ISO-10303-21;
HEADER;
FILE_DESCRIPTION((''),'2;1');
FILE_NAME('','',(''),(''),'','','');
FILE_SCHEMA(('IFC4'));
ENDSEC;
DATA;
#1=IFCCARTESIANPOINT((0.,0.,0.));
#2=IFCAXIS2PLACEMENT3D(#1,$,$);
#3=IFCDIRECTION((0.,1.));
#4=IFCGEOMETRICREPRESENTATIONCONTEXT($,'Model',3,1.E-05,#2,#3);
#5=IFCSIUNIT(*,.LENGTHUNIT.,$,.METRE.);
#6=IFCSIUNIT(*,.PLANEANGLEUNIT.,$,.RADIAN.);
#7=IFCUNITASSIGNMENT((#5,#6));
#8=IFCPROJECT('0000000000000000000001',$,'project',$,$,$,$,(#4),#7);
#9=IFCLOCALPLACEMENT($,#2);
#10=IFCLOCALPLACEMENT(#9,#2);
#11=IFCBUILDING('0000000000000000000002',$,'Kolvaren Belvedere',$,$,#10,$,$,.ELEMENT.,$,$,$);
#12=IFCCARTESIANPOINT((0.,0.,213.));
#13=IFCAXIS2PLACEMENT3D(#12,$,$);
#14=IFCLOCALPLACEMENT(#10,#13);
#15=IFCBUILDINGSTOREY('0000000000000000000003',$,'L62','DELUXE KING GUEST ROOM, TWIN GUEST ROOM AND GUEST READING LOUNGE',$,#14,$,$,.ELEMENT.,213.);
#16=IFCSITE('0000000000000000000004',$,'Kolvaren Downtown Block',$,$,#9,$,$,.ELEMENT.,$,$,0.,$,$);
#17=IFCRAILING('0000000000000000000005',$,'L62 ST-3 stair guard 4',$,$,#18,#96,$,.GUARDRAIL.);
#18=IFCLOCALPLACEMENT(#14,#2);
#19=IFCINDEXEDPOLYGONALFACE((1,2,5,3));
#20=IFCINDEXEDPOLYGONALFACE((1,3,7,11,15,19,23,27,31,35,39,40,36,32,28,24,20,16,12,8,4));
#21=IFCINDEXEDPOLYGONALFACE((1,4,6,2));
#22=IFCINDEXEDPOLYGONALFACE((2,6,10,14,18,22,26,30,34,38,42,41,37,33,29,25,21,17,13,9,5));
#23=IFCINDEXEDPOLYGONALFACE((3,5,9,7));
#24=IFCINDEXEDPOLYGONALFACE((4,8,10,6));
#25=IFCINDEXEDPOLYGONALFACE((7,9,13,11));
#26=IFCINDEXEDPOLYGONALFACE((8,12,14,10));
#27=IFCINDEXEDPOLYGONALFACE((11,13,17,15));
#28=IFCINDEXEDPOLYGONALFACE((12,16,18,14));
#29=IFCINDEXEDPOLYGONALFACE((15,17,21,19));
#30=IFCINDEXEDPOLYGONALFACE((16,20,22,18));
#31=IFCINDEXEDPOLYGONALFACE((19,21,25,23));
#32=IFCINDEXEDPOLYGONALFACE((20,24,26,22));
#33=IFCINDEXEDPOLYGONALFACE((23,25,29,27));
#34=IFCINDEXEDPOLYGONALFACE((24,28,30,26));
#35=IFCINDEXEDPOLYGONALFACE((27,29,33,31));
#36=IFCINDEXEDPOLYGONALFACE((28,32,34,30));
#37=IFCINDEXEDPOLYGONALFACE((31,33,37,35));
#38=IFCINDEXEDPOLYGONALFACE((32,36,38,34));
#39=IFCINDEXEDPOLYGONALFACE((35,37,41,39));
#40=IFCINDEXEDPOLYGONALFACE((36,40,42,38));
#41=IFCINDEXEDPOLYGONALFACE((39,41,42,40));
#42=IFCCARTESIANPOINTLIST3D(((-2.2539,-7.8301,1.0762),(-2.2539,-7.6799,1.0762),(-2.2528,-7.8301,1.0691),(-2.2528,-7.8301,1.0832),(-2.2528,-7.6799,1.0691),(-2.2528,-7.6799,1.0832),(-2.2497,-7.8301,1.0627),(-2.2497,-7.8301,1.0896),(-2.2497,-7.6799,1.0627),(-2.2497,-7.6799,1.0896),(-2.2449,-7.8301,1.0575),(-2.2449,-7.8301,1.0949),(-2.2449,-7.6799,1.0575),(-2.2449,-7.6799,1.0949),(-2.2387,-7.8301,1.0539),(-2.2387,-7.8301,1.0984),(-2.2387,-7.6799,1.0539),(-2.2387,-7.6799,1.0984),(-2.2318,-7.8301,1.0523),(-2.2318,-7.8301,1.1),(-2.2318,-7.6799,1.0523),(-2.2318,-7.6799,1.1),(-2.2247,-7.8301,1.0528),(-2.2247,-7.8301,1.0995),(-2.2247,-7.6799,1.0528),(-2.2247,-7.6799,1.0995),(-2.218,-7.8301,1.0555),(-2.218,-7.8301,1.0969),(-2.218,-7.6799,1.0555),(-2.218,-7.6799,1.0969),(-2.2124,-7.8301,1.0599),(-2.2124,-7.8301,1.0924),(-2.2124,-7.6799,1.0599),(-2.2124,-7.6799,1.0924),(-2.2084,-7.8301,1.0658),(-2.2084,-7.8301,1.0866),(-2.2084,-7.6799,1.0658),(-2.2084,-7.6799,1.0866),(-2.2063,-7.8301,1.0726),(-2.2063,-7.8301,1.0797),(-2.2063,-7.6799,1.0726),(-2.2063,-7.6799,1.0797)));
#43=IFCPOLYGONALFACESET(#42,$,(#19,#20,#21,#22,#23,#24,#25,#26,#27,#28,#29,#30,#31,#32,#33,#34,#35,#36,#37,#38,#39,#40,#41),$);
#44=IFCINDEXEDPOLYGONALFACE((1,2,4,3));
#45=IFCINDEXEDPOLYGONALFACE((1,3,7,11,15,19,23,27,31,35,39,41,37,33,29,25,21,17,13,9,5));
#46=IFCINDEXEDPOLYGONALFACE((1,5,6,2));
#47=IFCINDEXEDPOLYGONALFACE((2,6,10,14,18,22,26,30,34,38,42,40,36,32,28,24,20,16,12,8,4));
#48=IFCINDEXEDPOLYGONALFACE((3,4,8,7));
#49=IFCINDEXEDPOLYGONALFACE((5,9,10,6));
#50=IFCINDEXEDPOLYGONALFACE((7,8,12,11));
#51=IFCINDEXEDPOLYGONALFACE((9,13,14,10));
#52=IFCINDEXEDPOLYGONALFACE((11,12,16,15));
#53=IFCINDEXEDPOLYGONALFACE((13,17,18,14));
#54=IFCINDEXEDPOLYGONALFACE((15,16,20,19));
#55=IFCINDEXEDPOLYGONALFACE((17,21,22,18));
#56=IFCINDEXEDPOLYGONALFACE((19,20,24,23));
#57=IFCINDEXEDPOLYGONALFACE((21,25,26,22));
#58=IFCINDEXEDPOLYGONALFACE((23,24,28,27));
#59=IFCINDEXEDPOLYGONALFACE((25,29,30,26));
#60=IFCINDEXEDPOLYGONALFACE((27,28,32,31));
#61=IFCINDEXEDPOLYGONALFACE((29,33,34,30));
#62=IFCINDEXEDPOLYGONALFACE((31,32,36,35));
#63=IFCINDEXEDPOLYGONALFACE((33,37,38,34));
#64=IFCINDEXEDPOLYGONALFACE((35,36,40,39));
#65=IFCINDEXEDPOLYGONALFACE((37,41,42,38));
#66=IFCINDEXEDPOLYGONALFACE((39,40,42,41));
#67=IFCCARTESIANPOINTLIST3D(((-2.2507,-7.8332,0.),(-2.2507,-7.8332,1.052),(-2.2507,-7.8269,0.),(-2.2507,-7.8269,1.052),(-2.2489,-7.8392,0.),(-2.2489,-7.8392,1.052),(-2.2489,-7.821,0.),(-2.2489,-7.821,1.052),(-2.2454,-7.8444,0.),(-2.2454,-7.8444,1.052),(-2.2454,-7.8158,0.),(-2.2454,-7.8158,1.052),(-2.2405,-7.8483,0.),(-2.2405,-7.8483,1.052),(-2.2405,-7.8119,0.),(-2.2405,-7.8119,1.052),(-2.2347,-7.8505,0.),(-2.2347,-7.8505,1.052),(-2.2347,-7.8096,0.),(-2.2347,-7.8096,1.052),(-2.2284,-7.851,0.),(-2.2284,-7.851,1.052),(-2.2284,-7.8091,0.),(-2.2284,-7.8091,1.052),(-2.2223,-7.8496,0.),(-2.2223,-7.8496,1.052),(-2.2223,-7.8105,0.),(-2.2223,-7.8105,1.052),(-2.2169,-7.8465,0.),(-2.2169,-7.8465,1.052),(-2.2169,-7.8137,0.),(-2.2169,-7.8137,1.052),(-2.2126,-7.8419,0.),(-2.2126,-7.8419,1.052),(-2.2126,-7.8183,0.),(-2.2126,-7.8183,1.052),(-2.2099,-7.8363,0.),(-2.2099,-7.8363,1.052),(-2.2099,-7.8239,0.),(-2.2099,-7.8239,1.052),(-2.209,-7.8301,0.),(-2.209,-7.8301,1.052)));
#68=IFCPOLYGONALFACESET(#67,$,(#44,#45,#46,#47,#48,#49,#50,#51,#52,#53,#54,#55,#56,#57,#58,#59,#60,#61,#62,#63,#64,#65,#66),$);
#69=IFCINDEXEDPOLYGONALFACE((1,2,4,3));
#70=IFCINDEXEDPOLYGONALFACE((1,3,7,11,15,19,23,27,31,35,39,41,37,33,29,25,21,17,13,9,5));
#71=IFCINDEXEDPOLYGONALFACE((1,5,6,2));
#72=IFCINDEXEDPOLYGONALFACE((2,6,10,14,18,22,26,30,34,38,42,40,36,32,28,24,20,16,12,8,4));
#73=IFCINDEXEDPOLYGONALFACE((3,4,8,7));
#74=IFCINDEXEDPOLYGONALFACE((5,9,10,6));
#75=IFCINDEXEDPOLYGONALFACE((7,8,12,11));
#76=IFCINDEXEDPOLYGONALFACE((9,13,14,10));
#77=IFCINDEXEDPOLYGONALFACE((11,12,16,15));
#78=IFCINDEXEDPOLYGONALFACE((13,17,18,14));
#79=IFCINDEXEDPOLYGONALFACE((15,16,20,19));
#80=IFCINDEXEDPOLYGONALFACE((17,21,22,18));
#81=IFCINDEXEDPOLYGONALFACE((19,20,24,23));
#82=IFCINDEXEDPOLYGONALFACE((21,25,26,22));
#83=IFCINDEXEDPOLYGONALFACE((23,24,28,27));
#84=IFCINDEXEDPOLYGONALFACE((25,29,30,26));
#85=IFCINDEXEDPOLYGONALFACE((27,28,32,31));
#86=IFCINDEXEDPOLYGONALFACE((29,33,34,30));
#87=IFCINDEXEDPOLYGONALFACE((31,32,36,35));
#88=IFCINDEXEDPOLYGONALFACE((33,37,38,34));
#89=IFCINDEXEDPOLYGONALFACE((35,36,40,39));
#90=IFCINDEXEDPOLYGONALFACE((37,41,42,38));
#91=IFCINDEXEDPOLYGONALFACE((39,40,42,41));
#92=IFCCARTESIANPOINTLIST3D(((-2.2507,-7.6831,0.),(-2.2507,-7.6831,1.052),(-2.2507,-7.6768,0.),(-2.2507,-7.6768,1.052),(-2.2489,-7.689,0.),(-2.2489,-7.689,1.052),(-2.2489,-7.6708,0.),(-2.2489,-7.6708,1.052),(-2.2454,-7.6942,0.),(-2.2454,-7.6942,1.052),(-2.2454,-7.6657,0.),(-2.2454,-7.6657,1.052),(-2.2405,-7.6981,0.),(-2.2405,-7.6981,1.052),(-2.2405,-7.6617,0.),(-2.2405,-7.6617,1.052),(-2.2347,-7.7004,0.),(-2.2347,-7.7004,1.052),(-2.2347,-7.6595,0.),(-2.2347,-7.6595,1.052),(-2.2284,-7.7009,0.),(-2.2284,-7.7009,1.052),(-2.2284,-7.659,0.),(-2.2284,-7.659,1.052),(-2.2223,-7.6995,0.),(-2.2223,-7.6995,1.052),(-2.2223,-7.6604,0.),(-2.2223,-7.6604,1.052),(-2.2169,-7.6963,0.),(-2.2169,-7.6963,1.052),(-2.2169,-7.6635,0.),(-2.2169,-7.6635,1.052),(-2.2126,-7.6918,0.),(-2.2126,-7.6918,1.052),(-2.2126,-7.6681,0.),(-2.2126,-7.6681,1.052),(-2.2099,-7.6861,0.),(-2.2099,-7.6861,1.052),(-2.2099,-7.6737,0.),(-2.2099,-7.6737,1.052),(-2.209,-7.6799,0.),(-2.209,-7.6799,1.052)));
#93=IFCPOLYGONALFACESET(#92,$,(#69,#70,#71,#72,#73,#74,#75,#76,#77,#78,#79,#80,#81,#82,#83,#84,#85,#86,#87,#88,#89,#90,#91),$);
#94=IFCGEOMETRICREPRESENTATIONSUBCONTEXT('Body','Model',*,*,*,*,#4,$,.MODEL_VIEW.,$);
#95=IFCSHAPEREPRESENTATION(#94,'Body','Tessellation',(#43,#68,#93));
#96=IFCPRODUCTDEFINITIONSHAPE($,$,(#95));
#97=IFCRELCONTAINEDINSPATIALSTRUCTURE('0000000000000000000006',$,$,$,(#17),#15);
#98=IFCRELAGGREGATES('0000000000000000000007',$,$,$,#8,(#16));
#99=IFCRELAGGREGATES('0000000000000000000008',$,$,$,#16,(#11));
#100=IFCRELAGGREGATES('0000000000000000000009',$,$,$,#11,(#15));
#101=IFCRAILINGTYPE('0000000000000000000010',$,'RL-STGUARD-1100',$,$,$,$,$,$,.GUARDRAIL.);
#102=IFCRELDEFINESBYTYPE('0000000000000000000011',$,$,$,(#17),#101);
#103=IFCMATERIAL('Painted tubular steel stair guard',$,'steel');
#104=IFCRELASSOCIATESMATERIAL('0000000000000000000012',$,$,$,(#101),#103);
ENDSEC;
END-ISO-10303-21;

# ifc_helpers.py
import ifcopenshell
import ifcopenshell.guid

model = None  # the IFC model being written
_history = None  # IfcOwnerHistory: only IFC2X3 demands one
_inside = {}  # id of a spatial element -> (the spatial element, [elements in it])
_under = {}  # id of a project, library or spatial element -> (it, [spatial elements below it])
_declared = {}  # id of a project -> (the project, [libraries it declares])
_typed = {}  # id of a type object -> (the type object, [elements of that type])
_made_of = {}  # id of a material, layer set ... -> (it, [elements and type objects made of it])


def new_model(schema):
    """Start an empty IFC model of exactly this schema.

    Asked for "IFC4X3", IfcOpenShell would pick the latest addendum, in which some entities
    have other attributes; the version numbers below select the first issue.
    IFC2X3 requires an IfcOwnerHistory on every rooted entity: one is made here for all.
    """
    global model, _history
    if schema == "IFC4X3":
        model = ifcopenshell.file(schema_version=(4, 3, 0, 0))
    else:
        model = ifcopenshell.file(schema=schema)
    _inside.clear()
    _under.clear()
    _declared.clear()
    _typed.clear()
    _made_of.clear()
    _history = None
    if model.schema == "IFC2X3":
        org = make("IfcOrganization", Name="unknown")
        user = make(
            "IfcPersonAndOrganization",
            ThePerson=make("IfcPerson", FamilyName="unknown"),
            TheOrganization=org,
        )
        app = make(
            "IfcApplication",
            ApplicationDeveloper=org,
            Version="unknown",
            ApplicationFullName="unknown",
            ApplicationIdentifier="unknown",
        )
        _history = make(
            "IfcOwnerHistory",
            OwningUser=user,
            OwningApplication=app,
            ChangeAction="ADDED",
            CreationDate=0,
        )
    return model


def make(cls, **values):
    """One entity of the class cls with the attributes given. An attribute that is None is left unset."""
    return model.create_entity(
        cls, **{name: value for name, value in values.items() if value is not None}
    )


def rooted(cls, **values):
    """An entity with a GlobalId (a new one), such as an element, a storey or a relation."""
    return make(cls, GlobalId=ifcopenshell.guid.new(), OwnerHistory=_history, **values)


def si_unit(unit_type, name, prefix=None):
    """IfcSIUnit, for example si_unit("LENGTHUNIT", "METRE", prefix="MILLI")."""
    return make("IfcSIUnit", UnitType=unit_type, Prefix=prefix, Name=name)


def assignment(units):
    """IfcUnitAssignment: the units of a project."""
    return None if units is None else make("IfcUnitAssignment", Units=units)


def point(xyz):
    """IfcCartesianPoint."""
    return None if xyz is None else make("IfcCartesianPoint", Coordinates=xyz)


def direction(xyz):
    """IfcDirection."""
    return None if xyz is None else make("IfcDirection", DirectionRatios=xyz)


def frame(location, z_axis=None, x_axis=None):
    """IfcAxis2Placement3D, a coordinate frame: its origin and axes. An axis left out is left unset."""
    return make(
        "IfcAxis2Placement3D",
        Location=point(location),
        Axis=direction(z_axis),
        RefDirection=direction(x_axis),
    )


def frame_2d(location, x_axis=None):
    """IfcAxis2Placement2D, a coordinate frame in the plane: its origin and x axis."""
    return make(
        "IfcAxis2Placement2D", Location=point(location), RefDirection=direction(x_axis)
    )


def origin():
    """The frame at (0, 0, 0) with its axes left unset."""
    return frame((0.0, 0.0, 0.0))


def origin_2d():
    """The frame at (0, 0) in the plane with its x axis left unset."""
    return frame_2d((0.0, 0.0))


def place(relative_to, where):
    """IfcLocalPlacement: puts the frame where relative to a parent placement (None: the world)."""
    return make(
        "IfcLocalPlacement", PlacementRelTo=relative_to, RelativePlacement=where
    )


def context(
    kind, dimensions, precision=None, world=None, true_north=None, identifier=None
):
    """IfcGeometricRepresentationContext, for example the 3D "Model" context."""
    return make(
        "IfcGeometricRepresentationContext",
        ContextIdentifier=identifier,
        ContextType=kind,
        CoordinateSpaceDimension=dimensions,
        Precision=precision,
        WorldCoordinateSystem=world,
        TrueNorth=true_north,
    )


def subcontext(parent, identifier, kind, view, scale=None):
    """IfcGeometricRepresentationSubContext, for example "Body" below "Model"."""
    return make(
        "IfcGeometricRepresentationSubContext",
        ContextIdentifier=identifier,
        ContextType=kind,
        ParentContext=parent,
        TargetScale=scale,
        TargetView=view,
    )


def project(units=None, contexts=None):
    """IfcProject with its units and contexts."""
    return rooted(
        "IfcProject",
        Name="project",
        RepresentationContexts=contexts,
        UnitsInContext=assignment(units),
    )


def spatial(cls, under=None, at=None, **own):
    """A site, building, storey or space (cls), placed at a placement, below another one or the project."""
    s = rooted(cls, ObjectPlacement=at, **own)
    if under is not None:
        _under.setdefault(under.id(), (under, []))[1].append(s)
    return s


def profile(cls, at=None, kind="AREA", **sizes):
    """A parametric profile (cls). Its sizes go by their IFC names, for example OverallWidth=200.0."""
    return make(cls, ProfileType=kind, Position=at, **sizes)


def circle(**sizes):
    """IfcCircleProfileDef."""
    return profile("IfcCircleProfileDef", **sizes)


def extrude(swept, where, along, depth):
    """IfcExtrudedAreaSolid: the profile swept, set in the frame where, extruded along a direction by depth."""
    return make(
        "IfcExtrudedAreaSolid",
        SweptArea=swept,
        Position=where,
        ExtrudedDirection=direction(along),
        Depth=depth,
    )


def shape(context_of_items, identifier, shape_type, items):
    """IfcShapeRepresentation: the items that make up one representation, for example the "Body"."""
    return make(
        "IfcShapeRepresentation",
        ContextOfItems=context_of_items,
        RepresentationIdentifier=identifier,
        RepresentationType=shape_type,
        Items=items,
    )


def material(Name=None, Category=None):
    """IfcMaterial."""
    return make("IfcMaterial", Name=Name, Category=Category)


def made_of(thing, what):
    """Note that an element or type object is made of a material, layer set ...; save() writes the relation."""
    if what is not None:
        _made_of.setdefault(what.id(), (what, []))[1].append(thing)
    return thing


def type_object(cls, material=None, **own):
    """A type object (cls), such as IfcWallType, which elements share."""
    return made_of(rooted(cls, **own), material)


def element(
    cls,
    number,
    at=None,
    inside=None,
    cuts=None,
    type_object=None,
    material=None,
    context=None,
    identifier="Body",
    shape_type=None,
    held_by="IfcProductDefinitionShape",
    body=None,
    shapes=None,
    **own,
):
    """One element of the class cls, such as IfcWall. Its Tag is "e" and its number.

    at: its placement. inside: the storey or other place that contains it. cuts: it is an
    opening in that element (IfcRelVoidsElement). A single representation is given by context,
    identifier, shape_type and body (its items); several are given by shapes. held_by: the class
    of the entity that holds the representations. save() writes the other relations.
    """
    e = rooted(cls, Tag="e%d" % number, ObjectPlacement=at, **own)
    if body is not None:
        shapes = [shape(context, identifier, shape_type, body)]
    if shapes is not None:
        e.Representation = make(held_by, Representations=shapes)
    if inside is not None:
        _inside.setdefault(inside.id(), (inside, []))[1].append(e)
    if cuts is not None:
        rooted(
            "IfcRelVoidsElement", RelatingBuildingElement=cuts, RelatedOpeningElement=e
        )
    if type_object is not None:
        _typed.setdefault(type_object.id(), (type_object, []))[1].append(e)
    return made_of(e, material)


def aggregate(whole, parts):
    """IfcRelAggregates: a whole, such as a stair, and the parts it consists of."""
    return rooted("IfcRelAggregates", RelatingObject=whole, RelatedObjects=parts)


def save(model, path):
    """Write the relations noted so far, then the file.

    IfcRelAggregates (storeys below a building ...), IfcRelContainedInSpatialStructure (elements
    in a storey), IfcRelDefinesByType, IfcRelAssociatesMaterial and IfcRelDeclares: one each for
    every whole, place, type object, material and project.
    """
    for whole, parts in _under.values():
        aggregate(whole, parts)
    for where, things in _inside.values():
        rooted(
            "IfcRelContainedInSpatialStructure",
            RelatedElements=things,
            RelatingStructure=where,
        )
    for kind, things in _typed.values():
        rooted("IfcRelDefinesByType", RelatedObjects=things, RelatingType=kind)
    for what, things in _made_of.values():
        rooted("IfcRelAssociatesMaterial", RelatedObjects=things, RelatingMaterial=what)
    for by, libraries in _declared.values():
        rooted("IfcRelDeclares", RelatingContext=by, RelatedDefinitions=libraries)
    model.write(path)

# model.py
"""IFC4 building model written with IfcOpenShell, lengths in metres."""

from ifc_helpers import new_model, si_unit, direction, frame, origin, origin_2d, place, context, subcontext, project, spatial, circle, extrude, material, type_object, element, save


model = new_model("IFC4")

# Units and contexts
model_context = context("Model", 3, precision=1e-05, world=origin(), true_north=direction((0.0, 1.0)))
body_context = subcontext(model_context, "Body", "Model", "MODEL_VIEW")
ifc_project = project(units=[si_unit("LENGTHUNIT", "METRE"), si_unit("PLANEANGLEUNIT", "RADIAN")], contexts=[model_context])

# Site, building, storey
site_placement = place(None, origin())
site = spatial("IfcSite", under=ifc_project, at=site_placement, Name="Kolvaren Downtown Block", CompositionType="ELEMENT", RefElevation=0.0)
building_placement = place(site_placement, origin())
building = spatial("IfcBuilding", under=site, at=building_placement, Name="Kolvaren Belvedere", CompositionType="ELEMENT")
storey_placement = place(building_placement, frame((0.0, 0.0, 213.0)))
storey = spatial("IfcBuildingStorey", under=building, at=storey_placement, Name="L62", Description="DELUXE KING GUEST ROOM, TWIN GUEST ROOM AND GUEST READING LOUNGE", CompositionType="ELEMENT", Elevation=213.0)

# Railing
ifc_material_1 = material(Name="Painted tubular steel stair guard", Category="steel")
railing_type_1 = type_object("IfcRailingType", Name="RL-STGUARD-1100", PredefinedType="GUARDRAIL", material=ifc_material_1)
railing_1_placement = place(storey_placement, frame((-2.23, -7.8301, 0.0)))
element("IfcRailing", 1, at=railing_1_placement, inside=storey, type_object=railing_type_1, Name="L62 ST-3 stair guard 4", PredefinedType="GUARDRAIL", context=body_context, shape_type="SweptSolid", body=[
    extrude(circle(Radius=0.0239, at=origin_2d()), frame((0.0, 0.0, 1.0762), z_axis=(0.0, 1.0, 0.0), x_axis=(-1.0, 0.0, 0.0)), (0.0, 0.0, 1.0), 0.1501),
    extrude(circle(Radius=0.021, at=origin_2d()), origin(), (0.0, 0.0, 1.0), 1.052),
    extrude(circle(Radius=0.021, at=origin_2d()), frame((0.0, 0.1501, 0.0)), (0.0, 0.0, 1.0), 1.052),
])

save(model, "model.ifc")
